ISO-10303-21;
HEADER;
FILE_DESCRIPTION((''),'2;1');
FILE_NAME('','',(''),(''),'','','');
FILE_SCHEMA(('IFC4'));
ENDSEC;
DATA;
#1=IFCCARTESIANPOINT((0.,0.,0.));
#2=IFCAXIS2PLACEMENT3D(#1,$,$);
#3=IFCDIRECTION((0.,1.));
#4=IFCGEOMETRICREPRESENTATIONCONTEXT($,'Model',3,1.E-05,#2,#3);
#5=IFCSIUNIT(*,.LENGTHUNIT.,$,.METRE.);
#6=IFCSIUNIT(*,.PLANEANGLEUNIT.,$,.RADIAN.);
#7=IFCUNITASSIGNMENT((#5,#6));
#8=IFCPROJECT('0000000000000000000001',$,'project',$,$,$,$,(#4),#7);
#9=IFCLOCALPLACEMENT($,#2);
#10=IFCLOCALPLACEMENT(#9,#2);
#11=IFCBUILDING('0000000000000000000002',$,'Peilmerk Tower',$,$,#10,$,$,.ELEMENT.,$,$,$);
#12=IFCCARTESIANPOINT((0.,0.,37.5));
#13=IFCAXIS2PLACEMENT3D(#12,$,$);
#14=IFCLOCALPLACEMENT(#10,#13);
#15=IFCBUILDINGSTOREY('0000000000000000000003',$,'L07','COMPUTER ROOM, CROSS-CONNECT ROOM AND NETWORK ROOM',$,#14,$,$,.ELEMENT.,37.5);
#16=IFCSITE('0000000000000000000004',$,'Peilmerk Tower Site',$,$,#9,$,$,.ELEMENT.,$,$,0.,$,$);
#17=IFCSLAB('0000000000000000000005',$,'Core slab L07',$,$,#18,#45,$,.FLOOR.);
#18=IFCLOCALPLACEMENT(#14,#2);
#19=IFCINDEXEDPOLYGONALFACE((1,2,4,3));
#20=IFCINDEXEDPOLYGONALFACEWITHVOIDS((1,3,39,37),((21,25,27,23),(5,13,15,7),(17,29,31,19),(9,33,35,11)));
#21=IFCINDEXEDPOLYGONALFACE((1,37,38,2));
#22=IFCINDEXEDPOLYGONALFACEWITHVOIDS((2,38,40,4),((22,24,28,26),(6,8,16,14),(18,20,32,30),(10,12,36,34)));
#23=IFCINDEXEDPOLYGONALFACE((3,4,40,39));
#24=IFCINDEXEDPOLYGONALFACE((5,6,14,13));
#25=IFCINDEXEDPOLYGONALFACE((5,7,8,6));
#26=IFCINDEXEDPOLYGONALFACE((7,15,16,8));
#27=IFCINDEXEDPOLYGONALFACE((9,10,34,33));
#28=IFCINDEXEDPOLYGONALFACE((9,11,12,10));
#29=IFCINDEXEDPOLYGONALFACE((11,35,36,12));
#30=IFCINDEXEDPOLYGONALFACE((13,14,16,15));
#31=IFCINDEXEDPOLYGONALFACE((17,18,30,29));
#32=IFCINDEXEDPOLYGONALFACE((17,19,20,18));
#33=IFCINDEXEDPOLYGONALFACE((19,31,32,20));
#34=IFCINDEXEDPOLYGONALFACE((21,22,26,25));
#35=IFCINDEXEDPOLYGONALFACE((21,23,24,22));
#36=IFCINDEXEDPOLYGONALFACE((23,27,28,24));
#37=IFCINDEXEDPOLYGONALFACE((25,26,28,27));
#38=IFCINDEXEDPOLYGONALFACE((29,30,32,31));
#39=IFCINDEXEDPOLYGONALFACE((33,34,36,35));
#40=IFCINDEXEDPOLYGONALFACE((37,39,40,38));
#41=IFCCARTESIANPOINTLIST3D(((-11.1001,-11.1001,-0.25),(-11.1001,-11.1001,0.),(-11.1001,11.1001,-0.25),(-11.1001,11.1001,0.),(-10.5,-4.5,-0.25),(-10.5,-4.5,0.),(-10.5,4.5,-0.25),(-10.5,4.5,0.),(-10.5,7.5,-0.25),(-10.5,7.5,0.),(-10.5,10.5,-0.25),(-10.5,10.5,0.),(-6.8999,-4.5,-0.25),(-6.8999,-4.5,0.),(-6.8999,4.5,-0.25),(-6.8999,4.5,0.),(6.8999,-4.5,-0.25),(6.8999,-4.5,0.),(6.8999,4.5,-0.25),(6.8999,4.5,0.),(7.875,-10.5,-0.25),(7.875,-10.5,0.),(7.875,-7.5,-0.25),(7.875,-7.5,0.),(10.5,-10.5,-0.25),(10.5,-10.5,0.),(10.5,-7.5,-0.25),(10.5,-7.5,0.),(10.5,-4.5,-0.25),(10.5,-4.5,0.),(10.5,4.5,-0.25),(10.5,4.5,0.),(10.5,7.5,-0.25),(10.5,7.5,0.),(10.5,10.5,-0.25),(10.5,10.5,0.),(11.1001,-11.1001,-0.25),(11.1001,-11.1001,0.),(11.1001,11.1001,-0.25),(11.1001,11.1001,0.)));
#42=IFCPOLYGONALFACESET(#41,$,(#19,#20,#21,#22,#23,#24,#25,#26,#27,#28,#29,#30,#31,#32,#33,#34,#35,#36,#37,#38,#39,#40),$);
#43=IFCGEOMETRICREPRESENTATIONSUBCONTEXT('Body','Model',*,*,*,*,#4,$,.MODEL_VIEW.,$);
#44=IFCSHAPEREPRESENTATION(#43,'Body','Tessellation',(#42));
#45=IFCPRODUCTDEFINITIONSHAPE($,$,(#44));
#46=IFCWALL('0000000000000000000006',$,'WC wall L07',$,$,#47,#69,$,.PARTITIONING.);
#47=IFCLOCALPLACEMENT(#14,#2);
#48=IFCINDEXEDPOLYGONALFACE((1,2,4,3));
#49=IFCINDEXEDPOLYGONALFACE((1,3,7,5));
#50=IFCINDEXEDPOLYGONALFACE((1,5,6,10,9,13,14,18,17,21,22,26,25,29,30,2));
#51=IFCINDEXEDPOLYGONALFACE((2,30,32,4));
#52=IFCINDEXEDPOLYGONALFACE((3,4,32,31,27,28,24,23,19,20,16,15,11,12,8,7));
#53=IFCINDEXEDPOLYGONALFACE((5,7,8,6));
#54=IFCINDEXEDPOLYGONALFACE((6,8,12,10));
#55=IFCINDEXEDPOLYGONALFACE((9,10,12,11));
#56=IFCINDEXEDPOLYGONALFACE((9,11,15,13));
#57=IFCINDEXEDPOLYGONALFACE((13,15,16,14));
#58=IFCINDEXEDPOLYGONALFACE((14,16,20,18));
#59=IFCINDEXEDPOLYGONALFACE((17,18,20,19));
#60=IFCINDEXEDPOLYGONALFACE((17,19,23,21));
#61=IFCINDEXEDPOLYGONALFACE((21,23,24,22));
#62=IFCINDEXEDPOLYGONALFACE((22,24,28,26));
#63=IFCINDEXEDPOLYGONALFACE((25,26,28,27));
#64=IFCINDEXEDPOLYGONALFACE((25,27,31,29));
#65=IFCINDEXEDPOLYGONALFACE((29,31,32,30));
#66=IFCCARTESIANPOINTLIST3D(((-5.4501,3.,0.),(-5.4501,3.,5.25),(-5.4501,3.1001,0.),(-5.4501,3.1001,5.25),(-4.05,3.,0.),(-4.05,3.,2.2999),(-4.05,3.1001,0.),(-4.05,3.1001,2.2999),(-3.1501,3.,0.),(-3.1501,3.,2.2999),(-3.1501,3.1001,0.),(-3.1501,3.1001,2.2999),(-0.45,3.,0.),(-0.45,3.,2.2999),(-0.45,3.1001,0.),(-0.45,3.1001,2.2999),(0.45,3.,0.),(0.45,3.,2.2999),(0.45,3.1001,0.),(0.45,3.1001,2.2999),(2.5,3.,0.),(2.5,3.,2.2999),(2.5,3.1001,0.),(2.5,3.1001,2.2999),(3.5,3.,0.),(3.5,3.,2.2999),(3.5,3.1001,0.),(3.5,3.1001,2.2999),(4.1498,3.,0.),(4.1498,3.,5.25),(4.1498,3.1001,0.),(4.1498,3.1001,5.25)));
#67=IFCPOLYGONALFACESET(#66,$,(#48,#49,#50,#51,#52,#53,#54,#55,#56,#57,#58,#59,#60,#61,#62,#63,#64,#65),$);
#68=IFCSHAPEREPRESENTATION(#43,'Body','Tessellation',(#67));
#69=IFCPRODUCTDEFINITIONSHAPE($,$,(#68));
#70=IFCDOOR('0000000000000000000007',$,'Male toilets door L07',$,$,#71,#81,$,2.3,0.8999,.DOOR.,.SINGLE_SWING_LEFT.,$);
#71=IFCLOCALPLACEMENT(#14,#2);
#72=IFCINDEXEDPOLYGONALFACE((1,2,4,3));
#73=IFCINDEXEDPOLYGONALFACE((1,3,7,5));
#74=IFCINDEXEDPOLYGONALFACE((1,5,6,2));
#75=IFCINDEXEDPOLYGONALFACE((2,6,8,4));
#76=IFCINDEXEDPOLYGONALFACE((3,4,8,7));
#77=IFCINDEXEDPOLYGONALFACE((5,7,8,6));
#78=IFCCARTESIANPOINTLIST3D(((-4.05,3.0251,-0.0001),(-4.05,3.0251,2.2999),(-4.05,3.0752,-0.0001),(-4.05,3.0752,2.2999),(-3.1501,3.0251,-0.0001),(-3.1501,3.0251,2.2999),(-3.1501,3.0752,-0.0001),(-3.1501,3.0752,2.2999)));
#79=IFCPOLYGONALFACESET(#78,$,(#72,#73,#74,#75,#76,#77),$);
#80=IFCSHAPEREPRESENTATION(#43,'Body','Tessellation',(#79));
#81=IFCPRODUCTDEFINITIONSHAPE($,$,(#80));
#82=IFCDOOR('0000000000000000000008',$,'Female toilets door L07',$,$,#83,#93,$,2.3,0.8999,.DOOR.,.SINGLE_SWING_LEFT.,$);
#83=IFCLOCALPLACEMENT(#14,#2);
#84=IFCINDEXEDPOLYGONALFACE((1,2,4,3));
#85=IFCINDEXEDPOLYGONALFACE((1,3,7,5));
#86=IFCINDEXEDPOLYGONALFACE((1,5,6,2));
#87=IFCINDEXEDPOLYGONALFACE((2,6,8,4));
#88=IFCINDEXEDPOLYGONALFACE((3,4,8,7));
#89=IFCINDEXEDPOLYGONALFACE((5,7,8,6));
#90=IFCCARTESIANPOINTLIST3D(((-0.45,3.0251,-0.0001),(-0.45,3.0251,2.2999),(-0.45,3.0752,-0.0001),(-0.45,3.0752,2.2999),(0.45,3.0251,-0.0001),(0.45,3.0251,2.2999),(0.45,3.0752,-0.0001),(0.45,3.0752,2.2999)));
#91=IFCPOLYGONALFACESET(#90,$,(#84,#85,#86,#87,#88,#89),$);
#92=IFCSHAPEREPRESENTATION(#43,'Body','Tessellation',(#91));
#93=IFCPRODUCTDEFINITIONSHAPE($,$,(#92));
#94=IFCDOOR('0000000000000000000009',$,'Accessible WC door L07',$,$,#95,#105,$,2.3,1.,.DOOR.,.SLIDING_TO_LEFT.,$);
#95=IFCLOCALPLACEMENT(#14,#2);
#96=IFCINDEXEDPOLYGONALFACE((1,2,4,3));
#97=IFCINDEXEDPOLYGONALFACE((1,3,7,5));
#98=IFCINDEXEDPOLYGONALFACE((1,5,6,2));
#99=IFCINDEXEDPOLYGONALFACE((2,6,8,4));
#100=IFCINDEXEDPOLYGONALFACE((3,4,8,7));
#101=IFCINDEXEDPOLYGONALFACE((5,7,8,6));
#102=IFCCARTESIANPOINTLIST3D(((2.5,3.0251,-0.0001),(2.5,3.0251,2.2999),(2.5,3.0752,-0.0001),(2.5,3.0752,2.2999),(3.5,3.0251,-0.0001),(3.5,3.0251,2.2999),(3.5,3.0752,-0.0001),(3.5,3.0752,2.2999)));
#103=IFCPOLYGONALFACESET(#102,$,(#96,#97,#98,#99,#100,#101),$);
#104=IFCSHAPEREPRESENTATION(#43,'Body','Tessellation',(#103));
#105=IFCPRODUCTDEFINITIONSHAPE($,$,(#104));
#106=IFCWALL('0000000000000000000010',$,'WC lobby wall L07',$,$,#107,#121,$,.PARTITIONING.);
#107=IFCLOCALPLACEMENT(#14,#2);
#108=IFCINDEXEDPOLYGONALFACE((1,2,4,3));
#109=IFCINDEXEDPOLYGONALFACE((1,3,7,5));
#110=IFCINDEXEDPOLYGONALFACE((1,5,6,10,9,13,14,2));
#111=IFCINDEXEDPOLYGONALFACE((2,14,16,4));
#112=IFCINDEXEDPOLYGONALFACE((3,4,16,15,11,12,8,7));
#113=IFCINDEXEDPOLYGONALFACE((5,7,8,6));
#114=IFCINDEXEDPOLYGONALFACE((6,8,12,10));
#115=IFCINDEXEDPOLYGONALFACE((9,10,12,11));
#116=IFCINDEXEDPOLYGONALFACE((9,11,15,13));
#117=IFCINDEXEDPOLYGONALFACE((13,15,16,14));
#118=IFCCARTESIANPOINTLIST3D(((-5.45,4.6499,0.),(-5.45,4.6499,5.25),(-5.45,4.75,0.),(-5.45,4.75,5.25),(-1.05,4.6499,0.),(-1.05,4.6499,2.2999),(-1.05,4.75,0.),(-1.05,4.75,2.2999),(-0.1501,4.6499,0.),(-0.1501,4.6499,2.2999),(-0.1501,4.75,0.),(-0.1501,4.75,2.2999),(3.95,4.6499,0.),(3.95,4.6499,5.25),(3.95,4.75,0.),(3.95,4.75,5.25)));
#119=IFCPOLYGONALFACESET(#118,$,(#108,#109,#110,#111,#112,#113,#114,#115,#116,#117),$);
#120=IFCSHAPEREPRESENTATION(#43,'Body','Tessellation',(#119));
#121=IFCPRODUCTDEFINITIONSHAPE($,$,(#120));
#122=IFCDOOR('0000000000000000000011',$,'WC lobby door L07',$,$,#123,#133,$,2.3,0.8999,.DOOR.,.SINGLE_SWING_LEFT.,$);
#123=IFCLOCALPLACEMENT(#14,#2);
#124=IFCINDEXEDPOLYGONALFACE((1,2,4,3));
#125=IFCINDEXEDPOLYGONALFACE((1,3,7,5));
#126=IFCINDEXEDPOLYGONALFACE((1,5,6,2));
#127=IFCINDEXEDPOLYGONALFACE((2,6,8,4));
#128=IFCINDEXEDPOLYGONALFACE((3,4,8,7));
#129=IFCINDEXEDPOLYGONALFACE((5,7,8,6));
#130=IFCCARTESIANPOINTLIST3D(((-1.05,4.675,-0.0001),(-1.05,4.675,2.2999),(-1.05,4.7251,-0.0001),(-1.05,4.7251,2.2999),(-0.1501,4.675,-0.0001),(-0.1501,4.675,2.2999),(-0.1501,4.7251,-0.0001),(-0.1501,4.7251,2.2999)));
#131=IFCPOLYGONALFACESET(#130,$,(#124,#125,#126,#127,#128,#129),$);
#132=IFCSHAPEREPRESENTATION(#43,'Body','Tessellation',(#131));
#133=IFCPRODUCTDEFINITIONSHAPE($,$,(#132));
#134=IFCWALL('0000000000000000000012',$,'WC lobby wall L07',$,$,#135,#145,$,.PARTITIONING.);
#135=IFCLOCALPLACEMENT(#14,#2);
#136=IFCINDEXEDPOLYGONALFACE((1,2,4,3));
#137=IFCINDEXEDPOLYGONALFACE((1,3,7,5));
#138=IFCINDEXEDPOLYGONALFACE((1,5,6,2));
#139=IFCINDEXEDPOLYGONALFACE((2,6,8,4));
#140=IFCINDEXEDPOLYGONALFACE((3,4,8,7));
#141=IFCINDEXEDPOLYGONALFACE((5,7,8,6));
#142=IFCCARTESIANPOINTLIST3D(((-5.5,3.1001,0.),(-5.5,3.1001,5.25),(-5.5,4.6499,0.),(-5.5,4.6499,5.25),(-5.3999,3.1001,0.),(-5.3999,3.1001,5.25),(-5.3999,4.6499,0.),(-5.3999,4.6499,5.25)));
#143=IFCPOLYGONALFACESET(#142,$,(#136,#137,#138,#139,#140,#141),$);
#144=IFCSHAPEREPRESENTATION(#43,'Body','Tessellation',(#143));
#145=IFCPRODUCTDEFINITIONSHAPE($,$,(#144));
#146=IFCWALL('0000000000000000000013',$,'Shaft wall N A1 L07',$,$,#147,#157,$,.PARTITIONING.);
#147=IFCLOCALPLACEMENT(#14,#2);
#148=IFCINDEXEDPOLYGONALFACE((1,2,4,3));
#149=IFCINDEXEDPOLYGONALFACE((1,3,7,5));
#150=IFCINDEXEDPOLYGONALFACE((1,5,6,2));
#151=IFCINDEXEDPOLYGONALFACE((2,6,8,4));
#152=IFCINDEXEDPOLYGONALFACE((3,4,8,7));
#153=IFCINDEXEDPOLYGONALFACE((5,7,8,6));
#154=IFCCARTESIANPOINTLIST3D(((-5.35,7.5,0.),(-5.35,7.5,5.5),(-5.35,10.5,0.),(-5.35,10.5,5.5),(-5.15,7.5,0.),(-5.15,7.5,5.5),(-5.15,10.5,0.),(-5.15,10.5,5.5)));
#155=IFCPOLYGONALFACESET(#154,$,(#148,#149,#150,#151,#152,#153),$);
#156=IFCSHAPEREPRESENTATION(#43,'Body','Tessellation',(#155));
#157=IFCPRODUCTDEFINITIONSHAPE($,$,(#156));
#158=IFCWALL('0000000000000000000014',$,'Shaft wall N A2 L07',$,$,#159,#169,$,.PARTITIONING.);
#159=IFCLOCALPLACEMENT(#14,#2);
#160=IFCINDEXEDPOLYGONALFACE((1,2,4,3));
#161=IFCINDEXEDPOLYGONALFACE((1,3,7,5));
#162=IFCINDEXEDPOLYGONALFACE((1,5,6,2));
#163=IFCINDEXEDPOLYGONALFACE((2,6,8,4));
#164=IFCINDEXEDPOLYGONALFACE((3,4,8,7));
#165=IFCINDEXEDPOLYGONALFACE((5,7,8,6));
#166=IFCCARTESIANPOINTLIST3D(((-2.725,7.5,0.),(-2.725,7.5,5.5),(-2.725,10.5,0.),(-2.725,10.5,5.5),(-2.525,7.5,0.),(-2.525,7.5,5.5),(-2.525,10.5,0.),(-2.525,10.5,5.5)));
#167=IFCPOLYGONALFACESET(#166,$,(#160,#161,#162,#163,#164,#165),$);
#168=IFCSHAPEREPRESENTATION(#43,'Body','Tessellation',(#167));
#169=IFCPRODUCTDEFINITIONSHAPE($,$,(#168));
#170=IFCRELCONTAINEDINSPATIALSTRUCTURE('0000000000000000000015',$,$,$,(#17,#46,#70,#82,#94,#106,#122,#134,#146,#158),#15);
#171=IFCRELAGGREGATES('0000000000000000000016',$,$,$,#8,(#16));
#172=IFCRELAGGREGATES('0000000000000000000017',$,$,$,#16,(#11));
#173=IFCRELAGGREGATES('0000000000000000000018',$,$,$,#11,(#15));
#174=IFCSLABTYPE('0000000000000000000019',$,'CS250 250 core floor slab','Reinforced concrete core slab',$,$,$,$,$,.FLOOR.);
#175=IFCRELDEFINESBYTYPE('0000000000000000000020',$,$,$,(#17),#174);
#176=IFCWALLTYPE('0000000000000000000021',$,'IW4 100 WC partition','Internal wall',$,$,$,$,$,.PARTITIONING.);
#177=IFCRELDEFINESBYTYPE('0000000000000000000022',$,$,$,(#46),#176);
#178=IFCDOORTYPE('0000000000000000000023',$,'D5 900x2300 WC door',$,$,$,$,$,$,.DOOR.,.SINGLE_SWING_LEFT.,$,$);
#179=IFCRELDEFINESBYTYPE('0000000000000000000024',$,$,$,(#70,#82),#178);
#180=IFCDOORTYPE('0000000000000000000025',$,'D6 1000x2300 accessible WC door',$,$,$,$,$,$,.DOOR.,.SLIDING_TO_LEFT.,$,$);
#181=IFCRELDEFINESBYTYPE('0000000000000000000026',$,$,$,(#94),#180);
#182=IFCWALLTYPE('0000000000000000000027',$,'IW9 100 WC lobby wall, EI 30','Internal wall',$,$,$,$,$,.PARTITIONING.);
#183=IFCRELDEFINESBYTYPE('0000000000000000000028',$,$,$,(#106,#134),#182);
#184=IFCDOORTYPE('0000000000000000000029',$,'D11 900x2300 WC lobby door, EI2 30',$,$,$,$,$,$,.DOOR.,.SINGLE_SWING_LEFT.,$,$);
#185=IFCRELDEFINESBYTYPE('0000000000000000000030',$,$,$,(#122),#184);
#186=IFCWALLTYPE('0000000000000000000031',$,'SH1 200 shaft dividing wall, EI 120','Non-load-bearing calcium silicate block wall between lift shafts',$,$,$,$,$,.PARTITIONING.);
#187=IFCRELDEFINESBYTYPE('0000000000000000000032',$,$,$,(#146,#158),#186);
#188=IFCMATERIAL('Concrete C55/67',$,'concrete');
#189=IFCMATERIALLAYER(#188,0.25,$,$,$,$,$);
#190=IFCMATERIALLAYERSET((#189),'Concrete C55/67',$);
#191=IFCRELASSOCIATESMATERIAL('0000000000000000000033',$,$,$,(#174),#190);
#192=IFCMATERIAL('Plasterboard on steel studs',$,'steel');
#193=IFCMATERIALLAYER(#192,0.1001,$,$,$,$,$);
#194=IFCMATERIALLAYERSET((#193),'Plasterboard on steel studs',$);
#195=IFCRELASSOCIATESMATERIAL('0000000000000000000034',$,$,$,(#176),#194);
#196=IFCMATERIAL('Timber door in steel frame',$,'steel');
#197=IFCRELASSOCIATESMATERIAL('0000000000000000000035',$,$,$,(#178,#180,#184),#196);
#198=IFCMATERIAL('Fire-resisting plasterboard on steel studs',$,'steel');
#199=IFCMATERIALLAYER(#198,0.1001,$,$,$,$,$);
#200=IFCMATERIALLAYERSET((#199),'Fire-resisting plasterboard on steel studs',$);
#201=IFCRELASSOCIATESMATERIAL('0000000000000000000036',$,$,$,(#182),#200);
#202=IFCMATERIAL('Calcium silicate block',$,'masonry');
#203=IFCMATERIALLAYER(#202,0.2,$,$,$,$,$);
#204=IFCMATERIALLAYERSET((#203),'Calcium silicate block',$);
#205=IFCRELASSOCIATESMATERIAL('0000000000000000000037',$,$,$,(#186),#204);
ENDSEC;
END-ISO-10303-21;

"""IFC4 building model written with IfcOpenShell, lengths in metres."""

from ifc_helpers import new_model, si_unit, direction, frame, frame_2d, origin, place, context, subcontext, project, spatial, polyline, rectangle, outline, extrude, material, layer, layer_set, type_object, element, fill, save


model = new_model("IFC4")

# Units and contexts
model_context = context("Model", 3, precision=1e-05, world=origin(), true_north=direction((0.0, 1.0)))
body_context = subcontext(model_context, "Body", "Model", "MODEL_VIEW")
ifc_project = project(units=[si_unit("LENGTHUNIT", "METRE"), si_unit("PLANEANGLEUNIT", "RADIAN")], contexts=[model_context])

# Site, building, storey
site_placement = place(None, origin())
site = spatial("IfcSite", under=ifc_project, at=site_placement, Name="Peilmerk Tower Site", CompositionType="ELEMENT", RefElevation=0.0)
building_placement = place(site_placement, origin())
building = spatial("IfcBuilding", under=site, at=building_placement, Name="Peilmerk Tower", CompositionType="ELEMENT")
storey_placement = place(building_placement, frame((0.0, 0.0, 37.5)))
storey = spatial("IfcBuildingStorey", under=building, at=storey_placement, Name="L07", Description="COMPUTER ROOM, CROSS-CONNECT ROOM AND NETWORK ROOM", CompositionType="ELEMENT", Elevation=37.5)

# Slab
ifc_material_1 = material(Name="Concrete C55/67", Category="concrete")
ifc_layer_1 = layer(ifc_material_1, 0.25)
ifc_layer_set_1 = layer_set([ifc_layer_1], Name="Concrete C55/67")
slab_type = type_object("IfcSlabType", Name="CS250 250 core floor slab", Description="Reinforced concrete core slab", PredefinedType="FLOOR", material=ifc_layer_set_1)
slab_placement = place(storey_placement, frame((0.0, 0.0, -0.25)))
element("IfcSlab", 1, at=slab_placement, inside=storey, type_object=slab_type, Name="Core slab L07", PredefinedType="FLOOR", context=body_context, shape_type="SweptSolid", body=[
    extrude(outline(polyline([(-11.1001, 11.1001), (-11.1001, -11.1001), (11.1001, -11.1001), (11.1001, 11.1001), (-11.1001, 11.1001)]), holes=[polyline([(10.5, 7.5), (-10.5, 7.5), (-10.5, 10.5), (10.5, 10.5), (10.5, 7.5)]), polyline([(7.875, -10.5), (7.875, -7.5), (10.5, -7.5), (10.5, -10.5), (7.875, -10.5)]), polyline([(-10.5, 4.5), (-6.8999, 4.5), (-6.8999, -4.5), (-10.5, -4.5), (-10.5, 4.5)]), polyline([(10.5, 4.5), (10.5, -4.5), (6.8999, -4.5), (6.8999, 4.5), (10.5, 4.5)])]), origin(), (0.0, 0.0, 1.0), 0.25),
])

# Wall, openings, doors
ifc_material_2 = material(Name="Plasterboard on steel studs", Category="steel")
ifc_layer_2 = layer(ifc_material_2, 0.1001)
ifc_layer_set_2 = layer_set([ifc_layer_2], Name="Plasterboard on steel studs")
wall_type_1 = type_object("IfcWallType", Name="IW4 100 WC partition", Description="Internal wall", PredefinedType="PARTITIONING", material=ifc_layer_set_2)
wall_1_placement = place(storey_placement, frame((-5.45, 3.05, 0.0), z_axis=(0.0, 0.0, 1.0), x_axis=(1.0, 0.0, 0.0)))
wall_1 = element("IfcWall", 2, at=wall_1_placement, inside=storey, type_object=wall_type_1, Name="WC wall L07", PredefinedType="PARTITIONING", context=body_context, shape_type="SweptSolid", body=[
    extrude(rectangle(XDim=9.5999, YDim=0.1001, at=frame_2d((4.7998, 0.0))), origin(), (0.0, 0.0, 1.0), 5.25),
])
opening_1_placement = place(wall_1_placement, frame((1.3999, 0.0, 0.0)))
opening_1 = element("IfcOpeningElement", 3, at=opening_1_placement, cuts=wall_1, PredefinedType="OPENING", context=body_context, shape_type="SweptSolid", body=[
    extrude(rectangle(XDim=0.8999, YDim=2.3, at=frame_2d((0.45, 1.1499))), frame((0.0, 0.0601, 0.0), z_axis=(0.0, -1.0, 0.0), x_axis=(1.0, 0.0, 0.0)), (0.0, 0.0, 1.0), 0.1201),
])
opening_2_placement = place(wall_1_placement, frame((5.0, 0.0, 0.0)))
opening_2 = element("IfcOpeningElement", 4, at=opening_2_placement, cuts=wall_1, PredefinedType="OPENING", context=body_context, shape_type="SweptSolid", body=[
    extrude(rectangle(XDim=0.8999, YDim=2.3, at=frame_2d((0.45, 1.1499))), frame((0.0, 0.0601, 0.0), z_axis=(0.0, -1.0, 0.0), x_axis=(1.0, 0.0, 0.0)), (0.0, 0.0, 1.0), 0.1201),
])
opening_3_placement = place(wall_1_placement, frame((7.95, 0.0, 0.0)))
opening_3 = element("IfcOpeningElement", 5, at=opening_3_placement, cuts=wall_1, PredefinedType="OPENING", context=body_context, shape_type="SweptSolid", body=[
    extrude(rectangle(XDim=1.0, YDim=2.3, at=frame_2d((0.5, 1.1499))), frame((0.0, 0.0601, 0.0), z_axis=(0.0, -1.0, 0.0), x_axis=(1.0, 0.0, 0.0)), (0.0, 0.0, 1.0), 0.1201),
])
ifc_material_3 = material(Name="Timber door in steel frame", Category="steel")
door_type_1 = type_object("IfcDoorType", Name="D5 900x2300 WC door", OperationType="SINGLE_SWING_LEFT", PredefinedType="DOOR", material=ifc_material_3)
door_1_placement = place(opening_1_placement, frame((0.8999, 0.0, 0.0), z_axis=(0.0, 0.0, 1.0), x_axis=(-1.0, 0.0, 0.0)))
door_1 = element("IfcDoor", 6, at=door_1_placement, inside=storey, type_object=door_type_1, Name="Male toilets door L07", OperationType="SINGLE_SWING_LEFT", OverallHeight=2.3, OverallWidth=0.8999, PredefinedType="DOOR", context=body_context, shape_type="SweptSolid", body=[
    extrude(rectangle(XDim=0.8999, YDim=2.3, at=frame_2d((0.45, 1.1499))), frame((0.0, 0.0249, 0.0), z_axis=(0.0, -1.0, 0.0), x_axis=(1.0, 0.0, 0.0)), (0.0, 0.0, 1.0), 0.05),
])
fill(opening_1, door_1)
door_2_placement = place(opening_2_placement, frame((0.8999, 0.0, 0.0), z_axis=(0.0, 0.0, 1.0), x_axis=(-1.0, 0.0, 0.0)))
door_2 = element("IfcDoor", 7, at=door_2_placement, inside=storey, type_object=door_type_1, Name="Female toilets door L07", OperationType="SINGLE_SWING_LEFT", OverallHeight=2.3, OverallWidth=0.8999, PredefinedType="DOOR", context=body_context, shape_type="SweptSolid", body=[
    extrude(rectangle(XDim=0.8999, YDim=2.3, at=frame_2d((0.45, 1.1499))), frame((0.0, 0.0249, 0.0), z_axis=(0.0, -1.0, 0.0), x_axis=(1.0, 0.0, 0.0)), (0.0, 0.0, 1.0), 0.05),
])
fill(opening_2, door_2)
door_type_2 = type_object("IfcDoorType", Name="D6 1000x2300 accessible WC door", OperationType="SLIDING_TO_LEFT", PredefinedType="DOOR", material=ifc_material_3)
door_3_placement = place(opening_3_placement, frame((1.0, 0.0, 0.0), z_axis=(0.0, 0.0, 1.0), x_axis=(-1.0, 0.0, 0.0)))
door_3 = element("IfcDoor", 8, at=door_3_placement, inside=storey, type_object=door_type_2, Name="Accessible WC door L07", OperationType="SLIDING_TO_LEFT", OverallHeight=2.3, OverallWidth=1.0, PredefinedType="DOOR", context=body_context, shape_type="SweptSolid", body=[
    extrude(rectangle(XDim=1.0, YDim=2.3, at=frame_2d((0.5, 1.1499))), frame((0.0, 0.0249, 0.0), z_axis=(0.0, -1.0, 0.0), x_axis=(1.0, 0.0, 0.0)), (0.0, 0.0, 1.0), 0.05),
])
fill(opening_3, door_3)

# Wall, opening, door
ifc_material_4 = material(Name="Fire-resisting plasterboard on steel studs", Category="steel")
ifc_layer_3 = layer(ifc_material_4, 0.1001)
ifc_layer_set_3 = layer_set([ifc_layer_3], Name="Fire-resisting plasterboard on steel studs")
wall_type_2 = type_object("IfcWallType", Name="IW9 100 WC lobby wall, EI 30", Description="Internal wall", PredefinedType="PARTITIONING", material=ifc_layer_set_3)
wall_2_placement = place(storey_placement, frame((-5.45, 4.7, 0.0), z_axis=(0.0, 0.0, 1.0), x_axis=(1.0, 0.0, 0.0)))
wall_2 = element("IfcWall", 9, at=wall_2_placement, inside=storey, type_object=wall_type_2, Name="WC lobby wall L07", PredefinedType="PARTITIONING", context=body_context, shape_type="SweptSolid", body=[
    extrude(rectangle(XDim=9.3999, YDim=0.1001, at=frame_2d((4.7, 0.0))), origin(), (0.0, 0.0, 1.0), 5.25),
])
opening_4_placement = place(wall_2_placement, frame((4.3999, 0.0, 0.0)))
opening_4 = element("IfcOpeningElement", 10, at=opening_4_placement, cuts=wall_2, PredefinedType="OPENING", context=body_context, shape_type="SweptSolid", body=[
    extrude(rectangle(XDim=0.8999, YDim=2.3, at=frame_2d((0.45, 1.1499))), frame((0.0, 0.0601, 0.0), z_axis=(0.0, -1.0, 0.0), x_axis=(1.0, 0.0, 0.0)), (0.0, 0.0, 1.0), 0.1201),
])
door_type_3 = type_object("IfcDoorType", Name="D11 900x2300 WC lobby door, EI2 30", OperationType="SINGLE_SWING_LEFT", PredefinedType="DOOR", material=ifc_material_3)
door_4_placement = place(opening_4_placement, frame((0.8999, 0.0, 0.0), z_axis=(0.0, 0.0, 1.0), x_axis=(-1.0, 0.0, 0.0)))
door_4 = element("IfcDoor", 11, at=door_4_placement, inside=storey, type_object=door_type_3, Name="WC lobby door L07", OperationType="SINGLE_SWING_LEFT", OverallHeight=2.3, OverallWidth=0.8999, PredefinedType="DOOR", context=body_context, shape_type="SweptSolid", body=[
    extrude(rectangle(XDim=0.8999, YDim=2.3, at=frame_2d((0.45, 1.1499))), frame((0.0, 0.0249, 0.0), z_axis=(0.0, -1.0, 0.0), x_axis=(1.0, 0.0, 0.0)), (0.0, 0.0, 1.0), 0.05),
])
fill(opening_4, door_4)

# Walls
wall_3_placement = place(storey_placement, frame((-5.45, 3.1001, 0.0), z_axis=(0.0, 0.0, 1.0), x_axis=(0.0, 1.0, 0.0)))
element("IfcWall", 12, at=wall_3_placement, inside=storey, type_object=wall_type_2, Name="WC lobby wall L07", PredefinedType="PARTITIONING", context=body_context, shape_type="SweptSolid", body=[
    extrude(rectangle(XDim=1.5498, YDim=0.1001, at=frame_2d((0.7749, 0.0))), origin(), (0.0, 0.0, 1.0), 5.25),
])
ifc_material_5 = material(Name="Calcium silicate block", Category="masonry")
ifc_layer_4 = layer(ifc_material_5, 0.2)
ifc_layer_set_4 = layer_set([ifc_layer_4], Name="Calcium silicate block")
wall_type_3 = type_object("IfcWallType", Name="SH1 200 shaft dividing wall, EI 120", Description="Non-load-bearing calcium silicate block wall between lift shafts", PredefinedType="PARTITIONING", material=ifc_layer_set_4)
for number, where, z_axis, x_axis, name in (
    (13, (-5.25, 7.5, 0.0), (0.0, 0.0, 1.0), (0.0, 1.0, 0.0), "Shaft wall N A1 L07"),
    (14, (-2.625, 7.5, 0.0), (0.0, 0.0, 1.0), (0.0, 1.0, 0.0), "Shaft wall N A2 L07"),
):
    element("IfcWall", number, at=place(storey_placement, frame(where, z_axis=z_axis, x_axis=x_axis)), inside=storey, type_object=wall_type_3, Name=name, PredefinedType="PARTITIONING", context=body_context, shape_type="SweptSolid", body=[
        extrude(rectangle(XDim=3.0, YDim=0.2, at=frame_2d((1.5, 0.0))), origin(), (0.0, 0.0, 1.0), 5.5),
    ])

save(model, "model.ifc")
